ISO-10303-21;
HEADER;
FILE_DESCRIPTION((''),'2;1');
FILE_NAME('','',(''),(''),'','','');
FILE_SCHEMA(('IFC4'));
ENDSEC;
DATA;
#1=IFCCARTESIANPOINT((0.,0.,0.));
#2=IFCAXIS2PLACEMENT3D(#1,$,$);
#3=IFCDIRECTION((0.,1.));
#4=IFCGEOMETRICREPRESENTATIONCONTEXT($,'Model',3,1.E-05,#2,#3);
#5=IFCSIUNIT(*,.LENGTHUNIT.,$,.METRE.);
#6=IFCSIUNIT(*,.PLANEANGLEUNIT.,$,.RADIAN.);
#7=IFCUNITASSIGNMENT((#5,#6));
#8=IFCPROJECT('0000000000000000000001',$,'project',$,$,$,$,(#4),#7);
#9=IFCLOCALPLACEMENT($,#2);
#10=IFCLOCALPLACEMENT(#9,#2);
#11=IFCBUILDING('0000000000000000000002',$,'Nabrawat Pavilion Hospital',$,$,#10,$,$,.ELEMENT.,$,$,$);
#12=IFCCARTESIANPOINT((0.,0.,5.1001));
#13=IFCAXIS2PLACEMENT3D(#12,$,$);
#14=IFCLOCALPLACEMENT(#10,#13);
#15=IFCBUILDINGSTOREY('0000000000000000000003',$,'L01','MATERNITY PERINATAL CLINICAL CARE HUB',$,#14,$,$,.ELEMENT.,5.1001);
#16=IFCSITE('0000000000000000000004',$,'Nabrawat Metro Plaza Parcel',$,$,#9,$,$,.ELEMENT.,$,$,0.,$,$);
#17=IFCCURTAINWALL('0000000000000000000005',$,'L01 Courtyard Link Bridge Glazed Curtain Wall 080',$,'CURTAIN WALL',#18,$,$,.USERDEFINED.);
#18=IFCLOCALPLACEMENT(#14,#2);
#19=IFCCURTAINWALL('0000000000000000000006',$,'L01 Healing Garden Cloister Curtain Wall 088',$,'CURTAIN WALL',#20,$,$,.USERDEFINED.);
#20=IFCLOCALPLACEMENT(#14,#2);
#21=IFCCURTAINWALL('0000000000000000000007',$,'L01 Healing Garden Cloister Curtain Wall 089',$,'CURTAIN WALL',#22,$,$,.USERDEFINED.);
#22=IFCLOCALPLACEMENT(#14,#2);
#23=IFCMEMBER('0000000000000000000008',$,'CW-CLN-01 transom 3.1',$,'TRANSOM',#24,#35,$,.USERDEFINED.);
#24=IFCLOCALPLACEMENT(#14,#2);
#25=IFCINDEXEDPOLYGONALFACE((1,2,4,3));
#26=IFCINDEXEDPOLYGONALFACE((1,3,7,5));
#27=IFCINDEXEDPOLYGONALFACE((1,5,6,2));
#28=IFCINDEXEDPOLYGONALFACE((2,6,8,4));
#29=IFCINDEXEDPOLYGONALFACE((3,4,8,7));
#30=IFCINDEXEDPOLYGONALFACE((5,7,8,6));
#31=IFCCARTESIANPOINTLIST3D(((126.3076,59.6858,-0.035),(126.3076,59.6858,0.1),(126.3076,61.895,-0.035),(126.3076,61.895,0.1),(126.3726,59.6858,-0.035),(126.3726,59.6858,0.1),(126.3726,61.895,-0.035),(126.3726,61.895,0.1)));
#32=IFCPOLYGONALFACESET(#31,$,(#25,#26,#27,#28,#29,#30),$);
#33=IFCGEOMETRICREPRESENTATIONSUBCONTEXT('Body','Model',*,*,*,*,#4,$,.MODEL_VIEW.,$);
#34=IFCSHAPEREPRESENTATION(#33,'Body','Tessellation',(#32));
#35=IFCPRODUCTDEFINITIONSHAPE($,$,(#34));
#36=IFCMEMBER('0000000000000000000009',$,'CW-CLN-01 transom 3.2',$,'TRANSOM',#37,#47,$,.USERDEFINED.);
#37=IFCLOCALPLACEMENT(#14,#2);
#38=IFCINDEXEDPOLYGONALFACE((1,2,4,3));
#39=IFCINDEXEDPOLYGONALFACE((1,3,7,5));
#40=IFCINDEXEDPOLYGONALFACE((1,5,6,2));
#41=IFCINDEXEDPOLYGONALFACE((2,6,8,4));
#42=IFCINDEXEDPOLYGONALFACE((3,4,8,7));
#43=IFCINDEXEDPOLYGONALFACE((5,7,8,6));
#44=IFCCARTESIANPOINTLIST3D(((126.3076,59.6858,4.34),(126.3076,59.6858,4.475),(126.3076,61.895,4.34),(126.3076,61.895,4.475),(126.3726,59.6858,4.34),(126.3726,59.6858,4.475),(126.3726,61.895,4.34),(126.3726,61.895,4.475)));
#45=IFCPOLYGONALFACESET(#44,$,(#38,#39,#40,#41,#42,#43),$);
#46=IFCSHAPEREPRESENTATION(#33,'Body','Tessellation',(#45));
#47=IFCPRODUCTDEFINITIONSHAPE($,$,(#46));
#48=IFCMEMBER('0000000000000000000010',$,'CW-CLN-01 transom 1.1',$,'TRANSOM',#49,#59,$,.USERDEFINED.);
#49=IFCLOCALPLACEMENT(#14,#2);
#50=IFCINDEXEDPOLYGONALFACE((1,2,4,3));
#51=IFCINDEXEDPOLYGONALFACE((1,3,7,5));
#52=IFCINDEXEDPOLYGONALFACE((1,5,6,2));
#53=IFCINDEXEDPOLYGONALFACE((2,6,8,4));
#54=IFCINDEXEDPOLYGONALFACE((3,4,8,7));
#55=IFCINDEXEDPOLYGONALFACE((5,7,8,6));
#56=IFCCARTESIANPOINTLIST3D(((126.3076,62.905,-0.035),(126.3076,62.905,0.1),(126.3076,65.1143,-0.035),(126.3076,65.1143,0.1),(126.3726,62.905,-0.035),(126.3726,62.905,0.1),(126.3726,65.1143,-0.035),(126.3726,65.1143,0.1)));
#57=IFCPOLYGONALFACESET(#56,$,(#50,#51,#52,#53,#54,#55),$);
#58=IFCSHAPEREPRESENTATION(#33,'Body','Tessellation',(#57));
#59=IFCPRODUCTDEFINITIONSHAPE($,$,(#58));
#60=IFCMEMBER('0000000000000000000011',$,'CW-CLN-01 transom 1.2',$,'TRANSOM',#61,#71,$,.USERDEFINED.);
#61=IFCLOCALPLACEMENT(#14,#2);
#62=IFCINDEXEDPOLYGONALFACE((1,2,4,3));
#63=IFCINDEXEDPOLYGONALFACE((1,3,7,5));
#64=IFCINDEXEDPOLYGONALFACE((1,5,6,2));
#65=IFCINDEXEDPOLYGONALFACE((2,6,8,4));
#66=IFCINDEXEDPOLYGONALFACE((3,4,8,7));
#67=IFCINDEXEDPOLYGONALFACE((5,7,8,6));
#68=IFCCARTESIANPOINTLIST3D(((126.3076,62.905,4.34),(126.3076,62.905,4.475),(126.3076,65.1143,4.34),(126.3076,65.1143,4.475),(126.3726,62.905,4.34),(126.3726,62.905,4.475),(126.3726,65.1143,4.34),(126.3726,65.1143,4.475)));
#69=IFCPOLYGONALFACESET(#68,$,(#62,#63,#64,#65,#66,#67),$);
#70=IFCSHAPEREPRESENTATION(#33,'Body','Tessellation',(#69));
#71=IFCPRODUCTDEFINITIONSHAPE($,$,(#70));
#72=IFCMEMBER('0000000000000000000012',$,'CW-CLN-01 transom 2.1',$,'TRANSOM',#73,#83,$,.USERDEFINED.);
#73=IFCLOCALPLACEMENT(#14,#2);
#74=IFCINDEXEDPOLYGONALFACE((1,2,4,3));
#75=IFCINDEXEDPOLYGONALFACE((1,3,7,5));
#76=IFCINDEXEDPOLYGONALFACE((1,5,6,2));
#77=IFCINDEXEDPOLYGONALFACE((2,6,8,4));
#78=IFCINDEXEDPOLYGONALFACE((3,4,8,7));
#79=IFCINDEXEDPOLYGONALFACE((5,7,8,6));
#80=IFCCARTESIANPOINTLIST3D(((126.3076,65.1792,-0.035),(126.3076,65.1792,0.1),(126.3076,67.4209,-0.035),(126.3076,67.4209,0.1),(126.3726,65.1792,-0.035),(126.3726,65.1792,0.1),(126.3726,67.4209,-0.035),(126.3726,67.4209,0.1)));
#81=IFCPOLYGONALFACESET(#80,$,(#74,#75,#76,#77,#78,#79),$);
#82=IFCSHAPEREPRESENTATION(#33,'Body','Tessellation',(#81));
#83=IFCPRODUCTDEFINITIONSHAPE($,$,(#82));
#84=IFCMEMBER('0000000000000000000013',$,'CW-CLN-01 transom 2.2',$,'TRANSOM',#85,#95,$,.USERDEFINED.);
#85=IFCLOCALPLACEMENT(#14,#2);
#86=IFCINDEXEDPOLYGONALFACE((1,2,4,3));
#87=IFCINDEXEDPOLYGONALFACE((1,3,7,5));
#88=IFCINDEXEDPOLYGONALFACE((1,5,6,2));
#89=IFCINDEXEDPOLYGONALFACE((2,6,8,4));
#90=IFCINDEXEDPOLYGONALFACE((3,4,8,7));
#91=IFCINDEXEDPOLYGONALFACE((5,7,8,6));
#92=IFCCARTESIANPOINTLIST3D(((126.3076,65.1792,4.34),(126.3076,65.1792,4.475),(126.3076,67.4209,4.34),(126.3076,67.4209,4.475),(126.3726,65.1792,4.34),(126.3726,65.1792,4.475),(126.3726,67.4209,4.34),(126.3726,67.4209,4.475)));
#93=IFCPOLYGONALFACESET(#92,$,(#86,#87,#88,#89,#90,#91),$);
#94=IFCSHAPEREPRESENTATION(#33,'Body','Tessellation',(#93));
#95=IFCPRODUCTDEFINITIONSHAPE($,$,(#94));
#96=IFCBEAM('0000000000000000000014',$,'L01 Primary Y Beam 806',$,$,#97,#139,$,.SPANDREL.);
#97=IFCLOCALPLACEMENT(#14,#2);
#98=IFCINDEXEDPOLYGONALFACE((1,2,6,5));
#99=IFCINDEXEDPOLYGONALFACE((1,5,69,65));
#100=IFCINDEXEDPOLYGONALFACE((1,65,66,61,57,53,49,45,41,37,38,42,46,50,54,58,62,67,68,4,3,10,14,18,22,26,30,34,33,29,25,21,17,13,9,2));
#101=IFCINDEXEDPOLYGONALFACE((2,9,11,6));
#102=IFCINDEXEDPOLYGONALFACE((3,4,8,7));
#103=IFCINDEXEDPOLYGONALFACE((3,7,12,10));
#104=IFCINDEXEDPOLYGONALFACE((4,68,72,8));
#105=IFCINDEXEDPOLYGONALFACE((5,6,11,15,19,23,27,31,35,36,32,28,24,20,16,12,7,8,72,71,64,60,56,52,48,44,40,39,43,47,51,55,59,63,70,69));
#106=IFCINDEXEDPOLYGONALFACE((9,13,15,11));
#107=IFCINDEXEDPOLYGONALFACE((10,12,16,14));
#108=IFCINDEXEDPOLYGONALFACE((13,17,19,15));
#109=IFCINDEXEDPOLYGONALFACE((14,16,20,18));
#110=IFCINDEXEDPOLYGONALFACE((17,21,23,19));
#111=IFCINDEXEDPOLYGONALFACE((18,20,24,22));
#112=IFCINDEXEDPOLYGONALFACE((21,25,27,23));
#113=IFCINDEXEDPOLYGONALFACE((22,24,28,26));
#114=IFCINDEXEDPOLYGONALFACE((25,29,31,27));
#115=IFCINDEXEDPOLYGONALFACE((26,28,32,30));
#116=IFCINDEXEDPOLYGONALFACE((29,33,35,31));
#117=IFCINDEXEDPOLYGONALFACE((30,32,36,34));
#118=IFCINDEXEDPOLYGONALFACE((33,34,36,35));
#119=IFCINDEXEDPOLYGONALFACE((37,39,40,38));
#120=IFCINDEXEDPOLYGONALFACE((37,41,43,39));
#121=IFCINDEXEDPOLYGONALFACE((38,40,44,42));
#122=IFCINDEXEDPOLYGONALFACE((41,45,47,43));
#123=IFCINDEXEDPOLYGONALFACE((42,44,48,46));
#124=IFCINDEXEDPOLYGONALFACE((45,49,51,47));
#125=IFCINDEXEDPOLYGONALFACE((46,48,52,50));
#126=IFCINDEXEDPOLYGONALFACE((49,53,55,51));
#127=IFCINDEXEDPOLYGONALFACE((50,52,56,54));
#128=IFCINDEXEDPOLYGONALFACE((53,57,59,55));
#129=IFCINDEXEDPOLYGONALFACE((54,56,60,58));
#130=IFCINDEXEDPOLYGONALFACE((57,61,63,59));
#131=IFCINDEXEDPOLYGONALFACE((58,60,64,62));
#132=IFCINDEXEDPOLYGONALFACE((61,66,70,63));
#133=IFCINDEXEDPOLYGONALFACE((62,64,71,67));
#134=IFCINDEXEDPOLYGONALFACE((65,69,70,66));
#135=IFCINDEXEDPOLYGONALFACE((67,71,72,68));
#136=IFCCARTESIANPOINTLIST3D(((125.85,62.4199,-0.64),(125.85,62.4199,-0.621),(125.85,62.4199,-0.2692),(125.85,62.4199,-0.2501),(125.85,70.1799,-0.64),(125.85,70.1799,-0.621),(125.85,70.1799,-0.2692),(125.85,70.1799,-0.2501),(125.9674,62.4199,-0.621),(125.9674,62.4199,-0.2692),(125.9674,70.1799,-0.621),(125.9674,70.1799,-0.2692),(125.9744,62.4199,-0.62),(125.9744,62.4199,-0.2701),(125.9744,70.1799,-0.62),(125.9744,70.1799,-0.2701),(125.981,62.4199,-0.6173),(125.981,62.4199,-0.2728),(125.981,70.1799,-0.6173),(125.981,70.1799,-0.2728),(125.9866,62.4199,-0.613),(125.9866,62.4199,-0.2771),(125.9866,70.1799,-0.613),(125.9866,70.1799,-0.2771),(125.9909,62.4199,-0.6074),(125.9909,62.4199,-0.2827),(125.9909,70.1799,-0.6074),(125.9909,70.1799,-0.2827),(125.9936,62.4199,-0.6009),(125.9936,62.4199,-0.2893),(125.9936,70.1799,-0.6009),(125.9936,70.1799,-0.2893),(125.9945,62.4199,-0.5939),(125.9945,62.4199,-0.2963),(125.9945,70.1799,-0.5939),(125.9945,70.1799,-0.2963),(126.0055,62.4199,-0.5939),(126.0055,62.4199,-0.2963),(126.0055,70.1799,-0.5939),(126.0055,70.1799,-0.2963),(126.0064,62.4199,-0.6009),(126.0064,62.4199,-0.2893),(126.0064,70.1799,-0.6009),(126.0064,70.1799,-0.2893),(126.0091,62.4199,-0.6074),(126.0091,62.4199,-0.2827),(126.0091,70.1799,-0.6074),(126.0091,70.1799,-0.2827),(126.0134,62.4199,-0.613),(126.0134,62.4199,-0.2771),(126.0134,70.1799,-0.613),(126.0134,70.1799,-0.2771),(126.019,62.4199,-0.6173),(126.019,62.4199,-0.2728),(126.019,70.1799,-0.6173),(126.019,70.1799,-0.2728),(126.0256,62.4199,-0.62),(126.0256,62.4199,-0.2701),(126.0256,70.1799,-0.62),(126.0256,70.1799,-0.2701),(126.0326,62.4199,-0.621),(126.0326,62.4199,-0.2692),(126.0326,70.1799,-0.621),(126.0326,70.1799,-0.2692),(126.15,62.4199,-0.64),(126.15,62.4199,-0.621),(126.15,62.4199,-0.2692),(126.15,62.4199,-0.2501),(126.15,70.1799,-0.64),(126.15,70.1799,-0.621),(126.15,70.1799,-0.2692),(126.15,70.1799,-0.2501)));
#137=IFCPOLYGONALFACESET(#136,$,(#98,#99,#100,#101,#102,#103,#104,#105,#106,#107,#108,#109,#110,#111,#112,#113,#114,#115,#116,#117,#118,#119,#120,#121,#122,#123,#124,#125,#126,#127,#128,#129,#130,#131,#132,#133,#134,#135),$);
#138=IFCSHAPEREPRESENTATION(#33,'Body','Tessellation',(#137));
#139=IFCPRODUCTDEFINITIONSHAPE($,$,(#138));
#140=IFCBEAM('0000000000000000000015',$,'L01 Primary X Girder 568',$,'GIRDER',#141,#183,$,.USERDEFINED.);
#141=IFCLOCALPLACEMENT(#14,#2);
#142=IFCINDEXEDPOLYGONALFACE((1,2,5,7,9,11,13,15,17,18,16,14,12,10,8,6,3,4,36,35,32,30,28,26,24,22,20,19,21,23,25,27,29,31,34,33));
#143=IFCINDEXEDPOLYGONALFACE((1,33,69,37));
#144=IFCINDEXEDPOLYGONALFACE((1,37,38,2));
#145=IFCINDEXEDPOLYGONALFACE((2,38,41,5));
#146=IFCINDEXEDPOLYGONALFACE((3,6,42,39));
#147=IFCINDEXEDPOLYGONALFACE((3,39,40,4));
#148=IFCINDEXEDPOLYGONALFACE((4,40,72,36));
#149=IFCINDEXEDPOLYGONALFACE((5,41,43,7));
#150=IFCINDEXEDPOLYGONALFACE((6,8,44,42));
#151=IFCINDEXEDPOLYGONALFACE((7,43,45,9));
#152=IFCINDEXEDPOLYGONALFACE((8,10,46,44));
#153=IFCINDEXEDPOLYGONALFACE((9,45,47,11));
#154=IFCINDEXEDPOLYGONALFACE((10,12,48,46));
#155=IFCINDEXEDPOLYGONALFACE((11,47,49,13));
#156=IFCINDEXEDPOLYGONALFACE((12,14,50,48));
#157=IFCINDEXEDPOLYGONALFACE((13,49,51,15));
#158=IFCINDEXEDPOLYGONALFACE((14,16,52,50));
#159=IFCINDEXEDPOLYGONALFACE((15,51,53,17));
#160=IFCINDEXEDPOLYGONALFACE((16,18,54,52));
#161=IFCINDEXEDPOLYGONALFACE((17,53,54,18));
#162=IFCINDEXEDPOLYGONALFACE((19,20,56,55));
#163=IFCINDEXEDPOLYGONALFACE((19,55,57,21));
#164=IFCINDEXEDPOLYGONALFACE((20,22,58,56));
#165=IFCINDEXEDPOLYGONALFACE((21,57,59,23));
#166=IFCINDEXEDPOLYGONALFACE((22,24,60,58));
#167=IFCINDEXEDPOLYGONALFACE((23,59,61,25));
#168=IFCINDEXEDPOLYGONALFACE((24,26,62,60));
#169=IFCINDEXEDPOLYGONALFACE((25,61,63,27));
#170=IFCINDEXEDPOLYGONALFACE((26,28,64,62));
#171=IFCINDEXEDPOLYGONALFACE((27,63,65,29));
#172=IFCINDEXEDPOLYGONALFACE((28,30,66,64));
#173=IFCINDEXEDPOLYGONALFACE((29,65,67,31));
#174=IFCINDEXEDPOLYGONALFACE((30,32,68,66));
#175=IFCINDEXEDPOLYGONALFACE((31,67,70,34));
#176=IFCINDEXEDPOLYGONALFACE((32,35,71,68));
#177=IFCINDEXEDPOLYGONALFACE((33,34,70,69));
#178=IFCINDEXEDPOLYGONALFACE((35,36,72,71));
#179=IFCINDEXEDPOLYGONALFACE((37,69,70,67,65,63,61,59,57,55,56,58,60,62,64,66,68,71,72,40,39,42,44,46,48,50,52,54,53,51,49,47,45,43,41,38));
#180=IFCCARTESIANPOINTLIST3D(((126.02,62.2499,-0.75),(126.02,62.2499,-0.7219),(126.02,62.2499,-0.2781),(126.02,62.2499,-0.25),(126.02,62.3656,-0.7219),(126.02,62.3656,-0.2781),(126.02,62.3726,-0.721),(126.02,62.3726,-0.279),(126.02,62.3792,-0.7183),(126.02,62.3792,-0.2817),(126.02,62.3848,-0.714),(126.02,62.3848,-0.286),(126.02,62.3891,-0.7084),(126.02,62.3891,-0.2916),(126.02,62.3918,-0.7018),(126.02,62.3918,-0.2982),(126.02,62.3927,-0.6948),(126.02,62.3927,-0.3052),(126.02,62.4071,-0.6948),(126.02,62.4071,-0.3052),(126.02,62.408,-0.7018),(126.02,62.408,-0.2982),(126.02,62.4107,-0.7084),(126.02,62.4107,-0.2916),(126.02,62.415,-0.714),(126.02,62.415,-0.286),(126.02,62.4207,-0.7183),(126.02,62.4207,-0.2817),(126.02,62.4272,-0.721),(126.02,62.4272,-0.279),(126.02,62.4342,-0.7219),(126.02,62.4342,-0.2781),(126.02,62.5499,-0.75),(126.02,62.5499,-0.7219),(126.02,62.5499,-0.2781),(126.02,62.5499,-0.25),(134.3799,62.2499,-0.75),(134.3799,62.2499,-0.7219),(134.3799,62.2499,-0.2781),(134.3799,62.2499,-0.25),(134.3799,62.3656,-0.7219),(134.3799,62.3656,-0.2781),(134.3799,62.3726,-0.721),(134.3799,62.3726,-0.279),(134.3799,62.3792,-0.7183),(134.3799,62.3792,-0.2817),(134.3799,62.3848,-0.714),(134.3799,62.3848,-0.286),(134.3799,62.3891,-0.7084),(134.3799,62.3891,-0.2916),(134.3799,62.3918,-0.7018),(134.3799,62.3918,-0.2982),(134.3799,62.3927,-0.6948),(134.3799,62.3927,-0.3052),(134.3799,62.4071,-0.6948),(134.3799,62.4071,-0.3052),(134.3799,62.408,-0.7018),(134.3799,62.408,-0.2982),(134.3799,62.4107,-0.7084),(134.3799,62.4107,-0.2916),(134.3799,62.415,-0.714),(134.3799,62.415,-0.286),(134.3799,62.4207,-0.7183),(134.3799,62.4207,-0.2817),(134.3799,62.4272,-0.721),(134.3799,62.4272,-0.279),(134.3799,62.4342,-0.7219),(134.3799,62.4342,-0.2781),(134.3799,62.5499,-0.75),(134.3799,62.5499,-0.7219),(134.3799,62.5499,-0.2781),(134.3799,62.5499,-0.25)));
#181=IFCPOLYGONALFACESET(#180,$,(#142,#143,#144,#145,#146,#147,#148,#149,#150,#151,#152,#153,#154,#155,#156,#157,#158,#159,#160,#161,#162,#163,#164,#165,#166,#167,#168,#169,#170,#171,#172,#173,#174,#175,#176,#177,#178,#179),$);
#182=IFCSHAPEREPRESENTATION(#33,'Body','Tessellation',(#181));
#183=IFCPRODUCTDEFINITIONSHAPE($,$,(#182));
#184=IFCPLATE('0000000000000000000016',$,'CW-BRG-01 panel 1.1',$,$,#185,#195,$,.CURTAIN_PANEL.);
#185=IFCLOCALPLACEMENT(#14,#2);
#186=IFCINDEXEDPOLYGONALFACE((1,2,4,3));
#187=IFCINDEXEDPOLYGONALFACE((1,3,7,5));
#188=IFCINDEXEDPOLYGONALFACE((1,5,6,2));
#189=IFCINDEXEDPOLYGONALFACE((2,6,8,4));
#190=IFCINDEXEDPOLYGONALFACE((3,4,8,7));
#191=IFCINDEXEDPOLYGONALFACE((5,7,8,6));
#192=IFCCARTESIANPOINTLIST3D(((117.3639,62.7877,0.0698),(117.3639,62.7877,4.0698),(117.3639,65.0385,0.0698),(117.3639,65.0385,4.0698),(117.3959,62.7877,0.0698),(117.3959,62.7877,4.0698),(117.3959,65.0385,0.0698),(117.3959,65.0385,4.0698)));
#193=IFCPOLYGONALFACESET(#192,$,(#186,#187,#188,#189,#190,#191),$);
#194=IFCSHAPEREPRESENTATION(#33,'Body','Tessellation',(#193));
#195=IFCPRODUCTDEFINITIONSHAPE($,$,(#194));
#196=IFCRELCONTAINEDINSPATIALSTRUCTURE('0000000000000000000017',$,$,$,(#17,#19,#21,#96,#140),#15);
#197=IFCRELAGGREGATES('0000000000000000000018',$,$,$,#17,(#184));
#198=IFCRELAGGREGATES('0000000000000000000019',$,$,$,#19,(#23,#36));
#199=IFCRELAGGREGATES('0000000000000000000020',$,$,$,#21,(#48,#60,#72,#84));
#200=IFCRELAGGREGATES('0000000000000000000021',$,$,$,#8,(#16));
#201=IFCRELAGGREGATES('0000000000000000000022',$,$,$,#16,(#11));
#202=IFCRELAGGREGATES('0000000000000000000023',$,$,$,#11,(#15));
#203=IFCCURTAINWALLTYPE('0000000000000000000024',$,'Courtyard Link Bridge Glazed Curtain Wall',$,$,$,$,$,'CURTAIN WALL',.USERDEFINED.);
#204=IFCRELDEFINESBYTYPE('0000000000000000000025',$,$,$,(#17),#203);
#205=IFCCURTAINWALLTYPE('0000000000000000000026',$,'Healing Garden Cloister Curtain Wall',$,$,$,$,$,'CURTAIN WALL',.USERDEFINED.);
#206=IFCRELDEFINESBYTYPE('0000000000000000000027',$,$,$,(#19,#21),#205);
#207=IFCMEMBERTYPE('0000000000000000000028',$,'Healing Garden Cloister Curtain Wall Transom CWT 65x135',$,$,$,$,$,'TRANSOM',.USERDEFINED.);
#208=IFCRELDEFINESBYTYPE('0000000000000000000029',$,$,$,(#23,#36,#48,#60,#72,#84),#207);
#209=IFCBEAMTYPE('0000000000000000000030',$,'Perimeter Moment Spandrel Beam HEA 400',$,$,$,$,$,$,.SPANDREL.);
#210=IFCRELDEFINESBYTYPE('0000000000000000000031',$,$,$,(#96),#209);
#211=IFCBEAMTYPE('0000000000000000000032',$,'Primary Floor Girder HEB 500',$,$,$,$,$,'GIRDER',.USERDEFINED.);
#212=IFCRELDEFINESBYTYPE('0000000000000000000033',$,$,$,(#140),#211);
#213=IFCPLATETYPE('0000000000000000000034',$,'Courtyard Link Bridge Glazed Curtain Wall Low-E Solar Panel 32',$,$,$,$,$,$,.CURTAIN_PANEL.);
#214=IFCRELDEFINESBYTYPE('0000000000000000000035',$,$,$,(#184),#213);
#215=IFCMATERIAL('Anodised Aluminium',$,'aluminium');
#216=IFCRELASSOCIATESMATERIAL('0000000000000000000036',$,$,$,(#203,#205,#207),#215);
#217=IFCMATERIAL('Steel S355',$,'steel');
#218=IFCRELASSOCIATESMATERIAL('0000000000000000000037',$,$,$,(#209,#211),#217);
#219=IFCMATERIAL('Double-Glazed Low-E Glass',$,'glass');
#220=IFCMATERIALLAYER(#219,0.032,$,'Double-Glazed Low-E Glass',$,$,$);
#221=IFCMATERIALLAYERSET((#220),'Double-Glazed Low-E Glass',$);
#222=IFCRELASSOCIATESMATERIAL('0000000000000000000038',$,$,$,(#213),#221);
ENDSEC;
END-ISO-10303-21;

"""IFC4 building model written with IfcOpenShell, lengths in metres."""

from ifc_helpers import new_model, si_unit, direction, frame, origin, origin_2d, place, context, subcontext, project, spatial, rectangle, i_section, extrude, material, layer, layer_set, material_profile, profile_set, type_object, element, aggregate, save


model = new_model("IFC4")

# Units and contexts
model_context = context("Model", 3, precision=1e-05, world=origin(), true_north=direction((0.0, 1.0)))
body_context = subcontext(model_context, "Body", "Model", "MODEL_VIEW")
ifc_project = project(units=[si_unit("LENGTHUNIT", "METRE"), si_unit("PLANEANGLEUNIT", "RADIAN")], contexts=[model_context])

# Site, building, storey
site_placement = place(None, origin())
site = spatial("IfcSite", under=ifc_project, at=site_placement, Name="Nabrawat Metro Plaza Parcel", CompositionType="ELEMENT", RefElevation=0.0)
building_placement = place(site_placement, origin())
building = spatial("IfcBuilding", under=site, at=building_placement, Name="Nabrawat Pavilion Hospital", CompositionType="ELEMENT")
storey_placement = place(building_placement, frame((0.0, 0.0, 5.1001)))
storey = spatial("IfcBuildingStorey", under=building, at=storey_placement, Name="L01", Description="MATERNITY PERINATAL CLINICAL CARE HUB", CompositionType="ELEMENT", Elevation=5.1001)

# Shared definitions
ifc_material_1 = material(Name="Steel S355", Category="steel")

# Curtain walls
ifc_material_2 = material(Name="Anodised Aluminium", Category="aluminium")
curtain_wall_type_1 = type_object("IfcCurtainWallType", Name="Courtyard Link Bridge Glazed Curtain Wall", ElementType="CURTAIN WALL", PredefinedType="USERDEFINED", material=ifc_material_2)
curtain_wall_1_placement = place(storey_placement, origin())
curtain_wall_1 = element("IfcCurtainWall", 1, at=curtain_wall_1_placement, inside=storey, type_object=curtain_wall_type_1, Name="L01 Courtyard Link Bridge Glazed Curtain Wall 080", ObjectType="CURTAIN WALL", PredefinedType="USERDEFINED")
curtain_wall_type_2 = type_object("IfcCurtainWallType", Name="Healing Garden Cloister Curtain Wall", ElementType="CURTAIN WALL", PredefinedType="USERDEFINED", material=ifc_material_2)
curtain_wall_2_placement = place(storey_placement, origin())
curtain_wall_2 = element("IfcCurtainWall", 2, at=curtain_wall_2_placement, inside=storey, type_object=curtain_wall_type_2, Name="L01 Healing Garden Cloister Curtain Wall 088", ObjectType="CURTAIN WALL", PredefinedType="USERDEFINED")
curtain_wall_3_placement = place(storey_placement, origin())
curtain_wall_3 = element("IfcCurtainWall", 3, at=curtain_wall_3_placement, inside=storey, type_object=curtain_wall_type_2, Name="L01 Healing Garden Cloister Curtain Wall 089", ObjectType="CURTAIN WALL", PredefinedType="USERDEFINED")

# Members
ifc_material_profile_1 = material_profile(ifc_material_2, rectangle(XDim=0.0649, YDim=0.135, at=origin_2d()), Name="CWT 65x135")
ifc_profile_set_1 = profile_set([ifc_material_profile_1], Name="Anodised Aluminium")
member_type_1 = type_object("IfcMemberType", Name="Healing Garden Cloister Curtain Wall Transom CWT 65x135", ElementType="TRANSOM", PredefinedType="USERDEFINED", material=ifc_profile_set_1)
member_1_placement = place(storey_placement, frame((126.3401, 59.6858, 0.0325), z_axis=(0.0, 1.0, 0.0), x_axis=(-1.0, 0.0, 0.0)))
member_1 = element("IfcMember", 4, at=member_1_placement, type_object=member_type_1, Name="CW-CLN-01 transom 3.1", ObjectType="TRANSOM", PredefinedType="USERDEFINED", context=body_context, shape_type="SweptSolid", body=[
    extrude(rectangle(XDim=0.0649, YDim=0.135, at=origin_2d()), origin(), (0.0, 0.0, 1.0), 2.2092),
])
member_2_placement = place(storey_placement, frame((126.3401, 59.6858, 4.4075), z_axis=(0.0, 1.0, 0.0), x_axis=(-1.0, 0.0, 0.0)))
member_2 = element("IfcMember", 5, at=member_2_placement, type_object=member_type_1, Name="CW-CLN-01 transom 3.2", ObjectType="TRANSOM", PredefinedType="USERDEFINED", context=body_context, shape_type="SweptSolid", body=[
    extrude(rectangle(XDim=0.0649, YDim=0.135, at=origin_2d()), origin(), (0.0, 0.0, 1.0), 2.2092),
])
member_3_placement = place(storey_placement, frame((126.3401, 62.905, 0.0325), z_axis=(0.0, 1.0, 0.0), x_axis=(-1.0, 0.0, 0.0)))
member_3 = element("IfcMember", 6, at=member_3_placement, type_object=member_type_1, Name="CW-CLN-01 transom 1.1", ObjectType="TRANSOM", PredefinedType="USERDEFINED", context=body_context, shape_type="SweptSolid", body=[
    extrude(rectangle(XDim=0.0649, YDim=0.135, at=origin_2d()), origin(), (0.0, 0.0, 1.0), 2.2092),
])
member_4_placement = place(storey_placement, frame((126.3401, 62.905, 4.4075), z_axis=(0.0, 1.0, 0.0), x_axis=(-1.0, 0.0, 0.0)))
member_4 = element("IfcMember", 7, at=member_4_placement, type_object=member_type_1, Name="CW-CLN-01 transom 1.2", ObjectType="TRANSOM", PredefinedType="USERDEFINED", context=body_context, shape_type="SweptSolid", body=[
    extrude(rectangle(XDim=0.0649, YDim=0.135, at=origin_2d()), origin(), (0.0, 0.0, 1.0), 2.2092),
])
member_5_placement = place(storey_placement, frame((126.3401, 65.1792, 0.0325), z_axis=(0.0, 1.0, 0.0), x_axis=(-1.0, 0.0, 0.0)))
member_5 = element("IfcMember", 8, at=member_5_placement, type_object=member_type_1, Name="CW-CLN-01 transom 2.1", ObjectType="TRANSOM", PredefinedType="USERDEFINED", context=body_context, shape_type="SweptSolid", body=[
    extrude(rectangle(XDim=0.0649, YDim=0.135, at=origin_2d()), origin(), (0.0, 0.0, 1.0), 2.2417),
])
member_6_placement = place(storey_placement, frame((126.3401, 65.1792, 4.4075), z_axis=(0.0, 1.0, 0.0), x_axis=(-1.0, 0.0, 0.0)))
member_6 = element("IfcMember", 9, at=member_6_placement, type_object=member_type_1, Name="CW-CLN-01 transom 2.2", ObjectType="TRANSOM", PredefinedType="USERDEFINED", context=body_context, shape_type="SweptSolid", body=[
    extrude(rectangle(XDim=0.0649, YDim=0.135, at=origin_2d()), origin(), (0.0, 0.0, 1.0), 2.2417),
])

# Beams
ifc_material_profile_2 = material_profile(ifc_material_1, i_section(OverallWidth=0.3, OverallDepth=0.3899, WebThickness=0.011, FlangeThickness=0.019, FilletRadius=0.0271, at=origin_2d()), Name="HEA 400")
ifc_profile_set_2 = profile_set([ifc_material_profile_2], Name="Steel S355")
beam_type_1 = type_object("IfcBeamType", Name="Perimeter Moment Spandrel Beam HEA 400", PredefinedType="SPANDREL", material=ifc_profile_set_2)
beam_1_placement = place(storey_placement, frame((126.0, 62.4199, -0.4451), z_axis=(0.0, 1.0, 0.0), x_axis=(-1.0, 0.0, 0.0)))
element("IfcBeam", 10, at=beam_1_placement, inside=storey, type_object=beam_type_1, Name="L01 Primary Y Beam 806", PredefinedType="SPANDREL", context=body_context, shape_type="SweptSolid", body=[
    extrude(i_section(OverallWidth=0.3, OverallDepth=0.3899, WebThickness=0.011, FlangeThickness=0.019, FilletRadius=0.0271, at=origin_2d()), origin(), (0.0, 0.0, 1.0), 7.76),
])
ifc_material_profile_3 = material_profile(ifc_material_1, i_section(OverallWidth=0.3, OverallDepth=0.5, WebThickness=0.0144, FlangeThickness=0.0281, FilletRadius=0.0271, at=origin_2d()), Name="HEB 500")
ifc_profile_set_3 = profile_set([ifc_material_profile_3], Name="Steel S355")
beam_type_2 = type_object("IfcBeamType", Name="Primary Floor Girder HEB 500", ElementType="GIRDER", PredefinedType="USERDEFINED", material=ifc_profile_set_3)
beam_2_placement = place(storey_placement, frame((126.02, 62.3999, -0.5), z_axis=(1.0, 0.0, 0.0), x_axis=(0.0, 1.0, 0.0)))
element("IfcBeam", 11, at=beam_2_placement, inside=storey, type_object=beam_type_2, Name="L01 Primary X Girder 568", ObjectType="GIRDER", PredefinedType="USERDEFINED", context=body_context, shape_type="SweptSolid", body=[
    extrude(i_section(OverallWidth=0.3, OverallDepth=0.5, WebThickness=0.0144, FlangeThickness=0.0281, FilletRadius=0.0271, at=origin_2d()), origin(), (0.0, 0.0, 1.0), 8.3599),
])

# Plate
ifc_material_3 = material(Name="Double-Glazed Low-E Glass", Category="glass")
ifc_layer_1 = layer(ifc_material_3, 0.032, Name="Double-Glazed Low-E Glass")
ifc_layer_set_1 = layer_set([ifc_layer_1], Name="Double-Glazed Low-E Glass")
plate_type_1 = type_object("IfcPlateType", Name="Courtyard Link Bridge Glazed Curtain Wall Low-E Solar Panel 32", PredefinedType="CURTAIN_PANEL", material=ifc_layer_set_1)
plate_1_placement = place(storey_placement, frame((117.3799, 63.9131, 0.0698), z_axis=(0.0, 0.0, 1.0), x_axis=(0.0, 1.0, 0.0)))
plate_1 = element("IfcPlate", 12, at=plate_1_placement, type_object=plate_type_1, Name="CW-BRG-01 panel 1.1", PredefinedType="CURTAIN_PANEL", context=body_context, shape_type="SweptSolid", body=[
    extrude(rectangle(XDim=2.2507, YDim=0.032, at=origin_2d()), origin(), (0.0, 0.0, 1.0), 4.0),
])
aggregate(curtain_wall_1, [plate_1])
aggregate(curtain_wall_2, [member_1, member_2])
aggregate(curtain_wall_3, [member_3, member_4, member_5, member_6])

save(model, "model.ifc")
